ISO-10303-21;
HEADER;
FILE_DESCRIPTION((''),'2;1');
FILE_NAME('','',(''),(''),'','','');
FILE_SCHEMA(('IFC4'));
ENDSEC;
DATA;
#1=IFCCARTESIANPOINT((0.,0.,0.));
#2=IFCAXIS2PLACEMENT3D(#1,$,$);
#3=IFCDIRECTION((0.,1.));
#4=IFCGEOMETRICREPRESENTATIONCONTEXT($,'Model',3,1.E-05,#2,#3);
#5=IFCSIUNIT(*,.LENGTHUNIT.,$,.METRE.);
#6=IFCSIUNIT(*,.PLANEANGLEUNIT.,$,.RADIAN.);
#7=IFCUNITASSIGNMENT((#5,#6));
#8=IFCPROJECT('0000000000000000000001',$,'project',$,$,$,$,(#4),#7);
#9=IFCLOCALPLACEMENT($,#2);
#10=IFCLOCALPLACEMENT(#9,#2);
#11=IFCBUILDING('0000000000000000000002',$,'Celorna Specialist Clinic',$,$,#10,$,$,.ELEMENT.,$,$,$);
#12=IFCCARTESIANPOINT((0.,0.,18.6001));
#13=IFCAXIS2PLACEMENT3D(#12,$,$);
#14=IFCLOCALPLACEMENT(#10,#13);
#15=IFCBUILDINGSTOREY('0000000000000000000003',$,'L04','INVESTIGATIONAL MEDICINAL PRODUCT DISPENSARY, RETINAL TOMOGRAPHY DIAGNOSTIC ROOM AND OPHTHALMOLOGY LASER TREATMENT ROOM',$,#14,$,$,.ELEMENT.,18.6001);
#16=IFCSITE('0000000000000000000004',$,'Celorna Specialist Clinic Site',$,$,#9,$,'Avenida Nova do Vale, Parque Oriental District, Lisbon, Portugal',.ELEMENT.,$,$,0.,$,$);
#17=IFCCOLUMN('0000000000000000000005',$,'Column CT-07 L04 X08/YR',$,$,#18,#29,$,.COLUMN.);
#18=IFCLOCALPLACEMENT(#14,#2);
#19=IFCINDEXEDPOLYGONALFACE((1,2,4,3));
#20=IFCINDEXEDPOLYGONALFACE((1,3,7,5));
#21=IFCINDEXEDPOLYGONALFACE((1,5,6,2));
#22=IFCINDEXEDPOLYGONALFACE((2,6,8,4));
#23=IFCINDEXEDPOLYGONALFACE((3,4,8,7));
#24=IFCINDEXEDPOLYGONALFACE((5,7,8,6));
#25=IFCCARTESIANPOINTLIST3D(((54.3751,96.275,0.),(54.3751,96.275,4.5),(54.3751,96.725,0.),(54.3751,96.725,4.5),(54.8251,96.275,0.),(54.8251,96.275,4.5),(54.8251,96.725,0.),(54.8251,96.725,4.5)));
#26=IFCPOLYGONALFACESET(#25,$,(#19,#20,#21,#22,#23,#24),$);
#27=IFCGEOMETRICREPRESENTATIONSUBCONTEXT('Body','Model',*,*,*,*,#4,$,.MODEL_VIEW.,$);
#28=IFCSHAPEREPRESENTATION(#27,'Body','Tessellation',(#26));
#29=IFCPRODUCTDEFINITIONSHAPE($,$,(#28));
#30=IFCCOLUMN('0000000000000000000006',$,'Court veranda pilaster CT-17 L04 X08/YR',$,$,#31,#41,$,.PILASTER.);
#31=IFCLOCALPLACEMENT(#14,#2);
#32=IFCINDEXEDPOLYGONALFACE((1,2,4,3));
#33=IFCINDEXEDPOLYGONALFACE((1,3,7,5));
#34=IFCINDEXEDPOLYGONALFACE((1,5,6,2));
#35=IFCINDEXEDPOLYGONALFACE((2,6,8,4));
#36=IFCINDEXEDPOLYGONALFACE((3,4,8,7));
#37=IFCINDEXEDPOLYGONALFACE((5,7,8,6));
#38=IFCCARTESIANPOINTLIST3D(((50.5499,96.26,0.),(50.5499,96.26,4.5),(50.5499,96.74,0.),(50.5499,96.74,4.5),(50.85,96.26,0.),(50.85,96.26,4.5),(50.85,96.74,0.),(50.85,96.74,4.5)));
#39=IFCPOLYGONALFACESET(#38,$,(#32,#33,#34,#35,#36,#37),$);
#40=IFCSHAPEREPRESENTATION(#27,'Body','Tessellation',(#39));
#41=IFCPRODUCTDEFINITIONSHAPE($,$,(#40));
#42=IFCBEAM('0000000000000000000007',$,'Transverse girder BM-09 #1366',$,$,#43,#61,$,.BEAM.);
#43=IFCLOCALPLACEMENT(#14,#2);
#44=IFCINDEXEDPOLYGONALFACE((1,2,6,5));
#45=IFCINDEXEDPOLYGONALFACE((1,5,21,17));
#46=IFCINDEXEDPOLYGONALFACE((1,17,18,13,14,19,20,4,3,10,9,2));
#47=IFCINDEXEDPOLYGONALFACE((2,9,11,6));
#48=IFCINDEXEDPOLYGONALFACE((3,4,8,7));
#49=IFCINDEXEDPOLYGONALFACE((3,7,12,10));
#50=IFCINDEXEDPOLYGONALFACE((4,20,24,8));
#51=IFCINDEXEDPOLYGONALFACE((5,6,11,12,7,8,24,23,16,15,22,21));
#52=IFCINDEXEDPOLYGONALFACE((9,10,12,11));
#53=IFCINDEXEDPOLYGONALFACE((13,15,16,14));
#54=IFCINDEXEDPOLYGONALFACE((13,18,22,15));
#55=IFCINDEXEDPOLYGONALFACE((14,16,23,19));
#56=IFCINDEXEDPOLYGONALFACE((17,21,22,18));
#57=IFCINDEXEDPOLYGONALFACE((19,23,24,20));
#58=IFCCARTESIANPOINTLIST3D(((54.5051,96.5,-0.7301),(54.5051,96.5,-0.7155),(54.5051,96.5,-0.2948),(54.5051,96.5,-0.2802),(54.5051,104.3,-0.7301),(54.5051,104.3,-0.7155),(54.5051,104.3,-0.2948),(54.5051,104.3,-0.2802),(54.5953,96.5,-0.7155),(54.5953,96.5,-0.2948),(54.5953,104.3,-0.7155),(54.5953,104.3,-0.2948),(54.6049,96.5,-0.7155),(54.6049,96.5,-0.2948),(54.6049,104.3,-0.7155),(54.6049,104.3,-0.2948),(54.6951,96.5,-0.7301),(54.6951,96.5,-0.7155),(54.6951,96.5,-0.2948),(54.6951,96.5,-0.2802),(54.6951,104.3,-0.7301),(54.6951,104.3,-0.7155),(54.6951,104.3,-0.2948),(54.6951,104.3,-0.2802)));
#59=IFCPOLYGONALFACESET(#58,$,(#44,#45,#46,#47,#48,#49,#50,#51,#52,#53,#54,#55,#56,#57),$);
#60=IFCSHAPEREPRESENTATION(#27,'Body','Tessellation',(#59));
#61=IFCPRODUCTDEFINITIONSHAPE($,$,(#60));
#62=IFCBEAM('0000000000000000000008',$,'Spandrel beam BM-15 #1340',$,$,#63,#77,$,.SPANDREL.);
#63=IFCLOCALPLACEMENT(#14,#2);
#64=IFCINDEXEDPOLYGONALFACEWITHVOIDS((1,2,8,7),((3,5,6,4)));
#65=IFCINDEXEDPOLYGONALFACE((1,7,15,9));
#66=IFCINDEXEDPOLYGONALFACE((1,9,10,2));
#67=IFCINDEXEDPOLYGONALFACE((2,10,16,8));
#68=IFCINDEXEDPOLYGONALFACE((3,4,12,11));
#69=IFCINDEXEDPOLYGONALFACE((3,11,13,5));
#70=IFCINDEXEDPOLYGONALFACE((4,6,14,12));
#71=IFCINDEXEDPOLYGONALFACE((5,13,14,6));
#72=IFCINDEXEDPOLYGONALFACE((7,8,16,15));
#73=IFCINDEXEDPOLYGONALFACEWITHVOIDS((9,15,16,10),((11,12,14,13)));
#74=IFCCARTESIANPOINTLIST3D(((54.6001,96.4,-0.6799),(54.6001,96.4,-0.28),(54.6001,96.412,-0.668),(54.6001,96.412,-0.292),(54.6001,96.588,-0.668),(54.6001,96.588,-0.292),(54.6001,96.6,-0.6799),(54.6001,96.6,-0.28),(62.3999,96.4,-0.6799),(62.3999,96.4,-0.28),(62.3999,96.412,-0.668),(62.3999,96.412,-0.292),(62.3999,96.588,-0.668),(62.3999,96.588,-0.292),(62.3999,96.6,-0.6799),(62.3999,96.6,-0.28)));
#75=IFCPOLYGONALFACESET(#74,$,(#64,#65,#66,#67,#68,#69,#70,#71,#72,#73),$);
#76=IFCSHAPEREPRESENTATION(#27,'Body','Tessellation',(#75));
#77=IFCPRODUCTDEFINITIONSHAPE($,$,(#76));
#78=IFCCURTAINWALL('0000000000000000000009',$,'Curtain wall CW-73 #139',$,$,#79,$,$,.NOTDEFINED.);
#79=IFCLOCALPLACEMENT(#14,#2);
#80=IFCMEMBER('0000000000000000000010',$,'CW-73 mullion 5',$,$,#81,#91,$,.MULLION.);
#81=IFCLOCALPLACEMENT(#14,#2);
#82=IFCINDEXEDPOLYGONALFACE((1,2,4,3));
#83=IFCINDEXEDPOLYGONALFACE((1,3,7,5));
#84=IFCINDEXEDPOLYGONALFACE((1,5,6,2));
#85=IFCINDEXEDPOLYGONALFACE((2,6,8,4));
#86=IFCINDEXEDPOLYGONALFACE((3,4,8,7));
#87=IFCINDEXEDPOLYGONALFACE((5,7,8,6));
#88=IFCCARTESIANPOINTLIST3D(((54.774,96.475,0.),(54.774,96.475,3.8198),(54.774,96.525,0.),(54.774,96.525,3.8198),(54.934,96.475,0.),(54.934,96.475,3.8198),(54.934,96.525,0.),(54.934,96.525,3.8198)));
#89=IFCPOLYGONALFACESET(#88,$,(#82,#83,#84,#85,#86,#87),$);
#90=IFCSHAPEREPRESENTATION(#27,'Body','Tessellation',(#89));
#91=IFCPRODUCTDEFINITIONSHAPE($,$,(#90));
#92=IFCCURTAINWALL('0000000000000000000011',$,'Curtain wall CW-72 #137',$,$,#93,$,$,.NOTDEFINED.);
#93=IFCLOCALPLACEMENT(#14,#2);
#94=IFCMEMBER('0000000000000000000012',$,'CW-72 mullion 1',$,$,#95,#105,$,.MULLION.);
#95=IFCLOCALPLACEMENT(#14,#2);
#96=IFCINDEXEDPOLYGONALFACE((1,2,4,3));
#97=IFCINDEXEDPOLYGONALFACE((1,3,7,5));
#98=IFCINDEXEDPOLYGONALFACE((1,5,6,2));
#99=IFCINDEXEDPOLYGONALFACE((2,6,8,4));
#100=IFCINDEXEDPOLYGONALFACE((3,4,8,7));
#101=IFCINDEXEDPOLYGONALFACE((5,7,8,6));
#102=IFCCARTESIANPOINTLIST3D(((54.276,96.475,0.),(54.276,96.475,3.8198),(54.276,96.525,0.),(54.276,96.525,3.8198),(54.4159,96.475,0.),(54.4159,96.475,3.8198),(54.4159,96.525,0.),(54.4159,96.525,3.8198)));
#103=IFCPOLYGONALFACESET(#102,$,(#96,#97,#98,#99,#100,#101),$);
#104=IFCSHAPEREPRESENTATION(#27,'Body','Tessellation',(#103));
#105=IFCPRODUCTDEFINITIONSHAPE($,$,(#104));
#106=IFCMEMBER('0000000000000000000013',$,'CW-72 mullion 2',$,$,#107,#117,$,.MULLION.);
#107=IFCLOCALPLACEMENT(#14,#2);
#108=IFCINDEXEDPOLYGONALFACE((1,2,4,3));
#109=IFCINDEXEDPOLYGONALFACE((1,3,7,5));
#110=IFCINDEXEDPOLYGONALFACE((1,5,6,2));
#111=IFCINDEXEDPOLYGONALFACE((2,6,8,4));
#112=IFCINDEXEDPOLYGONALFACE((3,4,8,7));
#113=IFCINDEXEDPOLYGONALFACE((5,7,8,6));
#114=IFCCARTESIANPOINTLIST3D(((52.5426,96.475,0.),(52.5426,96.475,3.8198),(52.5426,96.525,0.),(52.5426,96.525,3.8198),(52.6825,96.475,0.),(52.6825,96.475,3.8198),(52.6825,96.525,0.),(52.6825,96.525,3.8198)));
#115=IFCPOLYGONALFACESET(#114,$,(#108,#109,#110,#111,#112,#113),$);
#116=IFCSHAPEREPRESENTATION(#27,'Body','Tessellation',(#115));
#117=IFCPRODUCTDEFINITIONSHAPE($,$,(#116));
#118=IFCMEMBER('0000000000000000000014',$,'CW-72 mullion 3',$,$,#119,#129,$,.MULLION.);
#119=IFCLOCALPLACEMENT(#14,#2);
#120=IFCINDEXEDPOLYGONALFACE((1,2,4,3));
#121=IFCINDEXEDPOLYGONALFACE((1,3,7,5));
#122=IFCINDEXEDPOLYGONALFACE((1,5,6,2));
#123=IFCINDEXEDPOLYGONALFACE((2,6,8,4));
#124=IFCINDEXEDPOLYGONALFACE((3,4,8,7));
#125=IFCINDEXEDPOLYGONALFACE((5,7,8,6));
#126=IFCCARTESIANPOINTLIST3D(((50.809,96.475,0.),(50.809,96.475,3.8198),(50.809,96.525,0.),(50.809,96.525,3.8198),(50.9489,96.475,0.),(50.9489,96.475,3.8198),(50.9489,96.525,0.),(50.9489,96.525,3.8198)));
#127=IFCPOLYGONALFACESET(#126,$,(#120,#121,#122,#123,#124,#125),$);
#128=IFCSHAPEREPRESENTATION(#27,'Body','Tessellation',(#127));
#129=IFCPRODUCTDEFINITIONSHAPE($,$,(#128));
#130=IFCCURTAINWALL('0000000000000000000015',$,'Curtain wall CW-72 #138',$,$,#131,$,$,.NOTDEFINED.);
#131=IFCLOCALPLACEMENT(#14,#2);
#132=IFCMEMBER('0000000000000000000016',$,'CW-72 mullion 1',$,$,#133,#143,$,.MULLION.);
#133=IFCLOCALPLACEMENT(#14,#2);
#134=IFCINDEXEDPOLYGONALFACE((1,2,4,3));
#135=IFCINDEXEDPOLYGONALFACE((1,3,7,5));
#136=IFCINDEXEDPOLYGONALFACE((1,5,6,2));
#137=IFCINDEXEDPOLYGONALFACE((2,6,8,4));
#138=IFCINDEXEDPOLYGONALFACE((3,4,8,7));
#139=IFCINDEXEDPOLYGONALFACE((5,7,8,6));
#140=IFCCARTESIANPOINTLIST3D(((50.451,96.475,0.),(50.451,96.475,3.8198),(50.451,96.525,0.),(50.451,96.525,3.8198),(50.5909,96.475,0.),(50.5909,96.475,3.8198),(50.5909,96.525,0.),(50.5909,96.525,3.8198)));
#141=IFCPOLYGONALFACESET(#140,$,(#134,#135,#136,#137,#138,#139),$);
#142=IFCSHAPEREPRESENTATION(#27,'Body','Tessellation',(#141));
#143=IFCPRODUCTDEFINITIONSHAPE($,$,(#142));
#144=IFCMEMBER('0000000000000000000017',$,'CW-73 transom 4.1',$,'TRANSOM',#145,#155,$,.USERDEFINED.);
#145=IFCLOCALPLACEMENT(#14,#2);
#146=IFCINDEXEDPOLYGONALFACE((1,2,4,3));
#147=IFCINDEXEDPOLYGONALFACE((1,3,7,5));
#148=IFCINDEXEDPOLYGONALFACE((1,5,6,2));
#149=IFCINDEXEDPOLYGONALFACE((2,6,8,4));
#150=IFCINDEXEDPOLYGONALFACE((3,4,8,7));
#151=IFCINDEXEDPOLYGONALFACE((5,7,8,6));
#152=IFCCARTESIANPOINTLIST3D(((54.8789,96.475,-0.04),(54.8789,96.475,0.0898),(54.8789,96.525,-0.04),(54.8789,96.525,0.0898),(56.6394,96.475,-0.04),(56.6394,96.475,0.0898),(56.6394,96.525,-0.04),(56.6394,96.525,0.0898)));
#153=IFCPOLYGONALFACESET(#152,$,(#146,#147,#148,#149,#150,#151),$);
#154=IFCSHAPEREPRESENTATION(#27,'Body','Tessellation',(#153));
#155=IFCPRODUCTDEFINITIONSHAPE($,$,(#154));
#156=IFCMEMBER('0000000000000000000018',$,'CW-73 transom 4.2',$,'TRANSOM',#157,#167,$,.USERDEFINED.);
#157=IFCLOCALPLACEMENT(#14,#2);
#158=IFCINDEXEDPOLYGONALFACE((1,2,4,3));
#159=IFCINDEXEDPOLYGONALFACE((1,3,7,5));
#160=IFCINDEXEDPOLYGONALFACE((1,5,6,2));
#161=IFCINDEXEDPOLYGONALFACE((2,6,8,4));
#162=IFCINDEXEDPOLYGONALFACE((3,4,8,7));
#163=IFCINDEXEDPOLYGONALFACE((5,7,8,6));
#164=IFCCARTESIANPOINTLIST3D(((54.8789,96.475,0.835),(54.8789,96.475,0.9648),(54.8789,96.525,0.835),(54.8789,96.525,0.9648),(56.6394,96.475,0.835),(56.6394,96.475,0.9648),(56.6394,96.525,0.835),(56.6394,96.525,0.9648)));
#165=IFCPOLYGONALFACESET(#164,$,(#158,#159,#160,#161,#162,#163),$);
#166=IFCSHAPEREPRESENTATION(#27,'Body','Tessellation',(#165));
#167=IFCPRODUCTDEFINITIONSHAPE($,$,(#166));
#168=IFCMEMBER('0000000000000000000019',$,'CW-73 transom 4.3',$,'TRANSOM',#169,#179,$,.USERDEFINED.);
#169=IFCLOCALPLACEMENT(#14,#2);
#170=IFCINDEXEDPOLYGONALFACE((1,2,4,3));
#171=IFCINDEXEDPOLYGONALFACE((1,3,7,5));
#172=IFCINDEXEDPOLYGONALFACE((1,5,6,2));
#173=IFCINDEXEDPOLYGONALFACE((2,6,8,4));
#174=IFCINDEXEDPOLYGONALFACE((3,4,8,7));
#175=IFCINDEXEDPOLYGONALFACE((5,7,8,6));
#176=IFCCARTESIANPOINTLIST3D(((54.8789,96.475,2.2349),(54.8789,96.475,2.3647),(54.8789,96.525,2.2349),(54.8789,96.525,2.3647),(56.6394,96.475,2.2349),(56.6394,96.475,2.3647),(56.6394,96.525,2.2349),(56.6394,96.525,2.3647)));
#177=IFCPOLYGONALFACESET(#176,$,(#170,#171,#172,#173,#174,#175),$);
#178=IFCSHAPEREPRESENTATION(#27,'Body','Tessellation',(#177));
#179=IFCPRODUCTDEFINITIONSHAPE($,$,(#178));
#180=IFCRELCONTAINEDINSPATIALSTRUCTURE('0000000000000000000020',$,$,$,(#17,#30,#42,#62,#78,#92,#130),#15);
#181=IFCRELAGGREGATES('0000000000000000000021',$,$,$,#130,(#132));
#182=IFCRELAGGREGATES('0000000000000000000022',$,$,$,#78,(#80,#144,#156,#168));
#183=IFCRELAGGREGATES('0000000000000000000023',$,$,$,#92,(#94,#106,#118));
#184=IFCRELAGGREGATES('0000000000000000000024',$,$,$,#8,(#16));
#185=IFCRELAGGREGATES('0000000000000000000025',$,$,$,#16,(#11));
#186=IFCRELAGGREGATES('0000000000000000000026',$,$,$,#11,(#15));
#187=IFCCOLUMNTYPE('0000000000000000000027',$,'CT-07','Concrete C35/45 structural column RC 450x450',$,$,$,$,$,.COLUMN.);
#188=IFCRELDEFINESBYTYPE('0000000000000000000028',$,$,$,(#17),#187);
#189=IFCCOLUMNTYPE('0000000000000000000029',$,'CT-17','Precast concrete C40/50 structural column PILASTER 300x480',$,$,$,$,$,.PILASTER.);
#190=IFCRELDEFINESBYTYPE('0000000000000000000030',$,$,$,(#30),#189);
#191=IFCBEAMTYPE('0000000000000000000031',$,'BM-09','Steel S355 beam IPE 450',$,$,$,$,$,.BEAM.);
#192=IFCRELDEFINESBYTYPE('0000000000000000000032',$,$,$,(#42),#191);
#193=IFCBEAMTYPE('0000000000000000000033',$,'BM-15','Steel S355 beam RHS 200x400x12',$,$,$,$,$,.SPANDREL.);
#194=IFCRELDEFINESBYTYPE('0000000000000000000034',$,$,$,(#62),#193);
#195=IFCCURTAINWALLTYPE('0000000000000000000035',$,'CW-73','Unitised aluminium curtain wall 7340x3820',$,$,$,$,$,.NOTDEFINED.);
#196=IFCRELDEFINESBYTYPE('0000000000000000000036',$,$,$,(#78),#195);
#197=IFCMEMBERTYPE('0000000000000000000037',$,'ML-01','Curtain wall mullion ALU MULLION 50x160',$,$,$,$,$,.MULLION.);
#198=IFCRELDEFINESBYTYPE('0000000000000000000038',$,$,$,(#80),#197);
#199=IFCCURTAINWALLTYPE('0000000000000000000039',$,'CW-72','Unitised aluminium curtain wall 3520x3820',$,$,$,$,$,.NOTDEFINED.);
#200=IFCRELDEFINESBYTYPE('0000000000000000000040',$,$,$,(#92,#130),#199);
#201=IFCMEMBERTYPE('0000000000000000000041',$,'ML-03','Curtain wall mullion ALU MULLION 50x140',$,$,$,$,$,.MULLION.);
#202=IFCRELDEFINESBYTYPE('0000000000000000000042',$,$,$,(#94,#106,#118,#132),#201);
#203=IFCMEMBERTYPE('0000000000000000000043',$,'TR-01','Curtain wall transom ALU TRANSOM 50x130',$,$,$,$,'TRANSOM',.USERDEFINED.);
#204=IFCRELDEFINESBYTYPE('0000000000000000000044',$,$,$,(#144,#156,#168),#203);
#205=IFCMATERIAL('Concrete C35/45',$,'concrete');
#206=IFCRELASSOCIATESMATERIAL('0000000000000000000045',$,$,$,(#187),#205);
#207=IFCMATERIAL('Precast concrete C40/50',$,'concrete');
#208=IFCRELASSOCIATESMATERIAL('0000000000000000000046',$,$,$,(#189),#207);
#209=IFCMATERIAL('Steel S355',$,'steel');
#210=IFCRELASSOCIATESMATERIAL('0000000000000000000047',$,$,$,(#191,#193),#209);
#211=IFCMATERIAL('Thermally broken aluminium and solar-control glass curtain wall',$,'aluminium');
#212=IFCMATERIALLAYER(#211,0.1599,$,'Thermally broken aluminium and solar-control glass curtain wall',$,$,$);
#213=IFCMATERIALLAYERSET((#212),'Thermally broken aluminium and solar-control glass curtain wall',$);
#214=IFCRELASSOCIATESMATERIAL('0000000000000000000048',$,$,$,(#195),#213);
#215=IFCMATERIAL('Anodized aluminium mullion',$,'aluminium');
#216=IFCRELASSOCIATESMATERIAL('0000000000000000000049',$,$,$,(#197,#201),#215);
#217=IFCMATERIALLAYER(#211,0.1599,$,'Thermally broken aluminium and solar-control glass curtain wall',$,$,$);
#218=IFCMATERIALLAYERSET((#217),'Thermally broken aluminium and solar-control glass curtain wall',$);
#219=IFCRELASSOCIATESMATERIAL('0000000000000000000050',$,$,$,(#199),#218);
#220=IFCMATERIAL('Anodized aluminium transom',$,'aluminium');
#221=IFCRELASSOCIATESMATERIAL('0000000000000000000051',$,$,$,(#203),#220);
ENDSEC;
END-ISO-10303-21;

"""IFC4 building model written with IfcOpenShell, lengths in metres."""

from ifc_helpers import new_model, si_unit, direction, frame, origin, origin_2d, place, context, subcontext, project, spatial, rectangle, hollow_rectangle, i_section, extrude, material, layer, layer_set, material_profile, profile_set, type_object, element, aggregate, save


model = new_model("IFC4")

# Units and contexts
model_context = context("Model", 3, precision=1e-05, world=origin(), true_north=direction((0.0, 1.0)))
body_context = subcontext(model_context, "Body", "Model", "MODEL_VIEW")
ifc_project = project(units=[si_unit("LENGTHUNIT", "METRE"), si_unit("PLANEANGLEUNIT", "RADIAN")], contexts=[model_context])

# Site, building, storey
site_placement = place(None, origin())
site = spatial("IfcSite", under=ifc_project, at=site_placement, Name="Celorna Specialist Clinic Site", LongName="Avenida Nova do Vale, Parque Oriental District, Lisbon, Portugal", CompositionType="ELEMENT", RefElevation=0.0)
building_placement = place(site_placement, origin())
building = spatial("IfcBuilding", under=site, at=building_placement, Name="Celorna Specialist Clinic", CompositionType="ELEMENT")
storey_placement = place(building_placement, frame((0.0, 0.0, 18.6001)))
storey = spatial("IfcBuildingStorey", under=building, at=storey_placement, Name="L04", Description="INVESTIGATIONAL MEDICINAL PRODUCT DISPENSARY, RETINAL TOMOGRAPHY DIAGNOSTIC ROOM AND OPHTHALMOLOGY LASER TREATMENT ROOM", CompositionType="ELEMENT", Elevation=18.6001)

# Columns
ifc_material_1 = material(Name="Concrete C35/45", Category="concrete")
ifc_material_profile_1 = material_profile(ifc_material_1, rectangle(XDim=0.45, YDim=0.45, at=origin_2d()), Name="RC 450x450")
ifc_profile_set_1 = profile_set([ifc_material_profile_1], Name="Concrete C35/45")
column_type_1 = type_object("IfcColumnType", Name="CT-07", Description="Concrete C35/45 structural column RC 450x450", PredefinedType="COLUMN", material=ifc_profile_set_1)
column_1_placement = place(storey_placement, frame((54.6001, 96.5, 0.0), z_axis=(0.0, 0.0, 1.0), x_axis=(1.0, 0.0, 0.0)))
element("IfcColumn", 1, at=column_1_placement, inside=storey, type_object=column_type_1, Name="Column CT-07 L04 X08/YR", PredefinedType="COLUMN", context=body_context, shape_type="SweptSolid", body=[
    extrude(rectangle(XDim=0.45, YDim=0.45, at=origin_2d()), origin(), (0.0, 0.0, 1.0), 4.5),
])
ifc_material_2 = material(Name="Precast concrete C40/50", Category="concrete")
ifc_material_profile_2 = material_profile(ifc_material_2, rectangle(XDim=0.3, YDim=0.48, at=origin_2d()), Name="PILASTER 300x480")
ifc_profile_set_2 = profile_set([ifc_material_profile_2], Name="Precast concrete C40/50")
column_type_2 = type_object("IfcColumnType", Name="CT-17", Description="Precast concrete C40/50 structural column PILASTER 300x480", PredefinedType="PILASTER", material=ifc_profile_set_2)
column_2_placement = place(storey_placement, frame((50.7, 96.5, 0.0), z_axis=(0.0, 0.0, 1.0), x_axis=(1.0, 0.0, 0.0)))
element("IfcColumn", 2, at=column_2_placement, inside=storey, type_object=column_type_2, Name="Court veranda pilaster CT-17 L04 X08/YR", PredefinedType="PILASTER", context=body_context, shape_type="SweptSolid", body=[
    extrude(rectangle(XDim=0.3, YDim=0.48, at=origin_2d()), origin(), (0.0, 0.0, 1.0), 4.5),
])

# Beams
ifc_material_3 = material(Name="Steel S355", Category="steel")
ifc_material_profile_3 = material_profile(ifc_material_3, i_section(OverallWidth=0.1899, OverallDepth=0.45, WebThickness=0.0095, FlangeThickness=0.0146, at=origin_2d()), Name="IPE 450")
ifc_profile_set_3 = profile_set([ifc_material_profile_3], Name="Steel S355")
beam_type_1 = type_object("IfcBeamType", Name="BM-09", Description="Steel S355 beam IPE 450", PredefinedType="BEAM", material=ifc_profile_set_3)
beam_1_placement = place(storey_placement, frame((54.6001, 96.5, -0.5051), z_axis=(0.0, 1.0, 0.0), x_axis=(-1.0, 0.0, 0.0)))
element("IfcBeam", 3, at=beam_1_placement, inside=storey, type_object=beam_type_1, Name="Transverse girder BM-09 #1366", PredefinedType="BEAM", context=body_context, shape_type="SweptSolid", body=[
    extrude(i_section(OverallWidth=0.1899, OverallDepth=0.45, WebThickness=0.0095, FlangeThickness=0.0146, at=origin_2d()), origin(), (0.0, 0.0, 1.0), 7.8),
])
ifc_material_profile_4 = material_profile(ifc_material_3, hollow_rectangle(XDim=0.2, YDim=0.3999, WallThickness=0.012, at=origin_2d()), Name="RHS 200x400x12")
ifc_profile_set_4 = profile_set([ifc_material_profile_4], Name="Steel S355")
beam_type_2 = type_object("IfcBeamType", Name="BM-15", Description="Steel S355 beam RHS 200x400x12", PredefinedType="SPANDREL", material=ifc_profile_set_4)
beam_2_placement = place(storey_placement, frame((54.6001, 96.5, -0.48), z_axis=(1.0, 0.0, 0.0), x_axis=(0.0, 1.0, 0.0)))
element("IfcBeam", 4, at=beam_2_placement, inside=storey, type_object=beam_type_2, Name="Spandrel beam BM-15 #1340", PredefinedType="SPANDREL", context=body_context, shape_type="SweptSolid", body=[
    extrude(hollow_rectangle(XDim=0.2, YDim=0.3999, WallThickness=0.012, at=origin_2d()), origin(), (0.0, 0.0, 1.0), 7.7998),
])

# Curtain wall, member
ifc_material_4 = material(Name="Thermally broken aluminium and solar-control glass curtain wall", Category="aluminium")
ifc_layer_1 = layer(ifc_material_4, 0.1599, Name="Thermally broken aluminium and solar-control glass curtain wall")
ifc_layer_set_1 = layer_set([ifc_layer_1], Name="Thermally broken aluminium and solar-control glass curtain wall")
curtain_wall_type_1 = type_object("IfcCurtainWallType", Name="CW-73", Description="Unitised aluminium curtain wall 7340x3820", PredefinedType="NOTDEFINED", material=ifc_layer_set_1)
curtain_wall_1_placement = place(storey_placement, origin())
curtain_wall_1 = element("IfcCurtainWall", 5, at=curtain_wall_1_placement, inside=storey, type_object=curtain_wall_type_1, Name="Curtain wall CW-73 #139", PredefinedType="NOTDEFINED")
ifc_material_5 = material(Name="Anodized aluminium mullion", Category="aluminium")
ifc_material_profile_5 = material_profile(ifc_material_5, rectangle(XDim=0.05, YDim=0.1599, at=origin_2d()), Name="ALU MULLION 50x160")
ifc_profile_set_5 = profile_set([ifc_material_profile_5], Name="Anodized aluminium mullion")
member_type_1 = type_object("IfcMemberType", Name="ML-01", Description="Curtain wall mullion ALU MULLION 50x160", PredefinedType="MULLION", material=ifc_profile_set_5)
member_1_placement = place(storey_placement, frame((54.854, 96.5, 0.0), z_axis=(0.0, 0.0, 1.0), x_axis=(0.0, -1.0, 0.0)))
member_1 = element("IfcMember", 6, at=member_1_placement, type_object=member_type_1, Name="CW-73 mullion 5", PredefinedType="MULLION", context=body_context, shape_type="SweptSolid", body=[
    extrude(rectangle(XDim=0.05, YDim=0.1599, at=origin_2d()), origin(), (0.0, 0.0, 1.0), 3.8198),
])

# Curtain wall, members
ifc_layer_2 = layer(ifc_material_4, 0.1599, Name="Thermally broken aluminium and solar-control glass curtain wall")
ifc_layer_set_2 = layer_set([ifc_layer_2], Name="Thermally broken aluminium and solar-control glass curtain wall")
curtain_wall_type_2 = type_object("IfcCurtainWallType", Name="CW-72", Description="Unitised aluminium curtain wall 3520x3820", PredefinedType="NOTDEFINED", material=ifc_layer_set_2)
curtain_wall_2_placement = place(storey_placement, origin())
curtain_wall_2 = element("IfcCurtainWall", 7, at=curtain_wall_2_placement, inside=storey, type_object=curtain_wall_type_2, Name="Curtain wall CW-72 #137", PredefinedType="NOTDEFINED")
ifc_material_profile_6 = material_profile(ifc_material_5, rectangle(XDim=0.05, YDim=0.1399, at=origin_2d()), Name="ALU MULLION 50x140")
ifc_profile_set_6 = profile_set([ifc_material_profile_6], Name="Anodized aluminium mullion")
member_type_2 = type_object("IfcMemberType", Name="ML-03", Description="Curtain wall mullion ALU MULLION 50x140", PredefinedType="MULLION", material=ifc_profile_set_6)
member_2_placement = place(storey_placement, frame((54.3459, 96.5, 0.0), z_axis=(0.0, 0.0, 1.0), x_axis=(0.0, -1.0, 0.0)))
member_2 = element("IfcMember", 8, at=member_2_placement, type_object=member_type_2, Name="CW-72 mullion 1", PredefinedType="MULLION", context=body_context, shape_type="SweptSolid", body=[
    extrude(rectangle(XDim=0.05, YDim=0.1399, at=origin_2d()), origin(), (0.0, 0.0, 1.0), 3.8198),
])
member_3_placement = place(storey_placement, frame((52.6125, 96.5, 0.0), z_axis=(0.0, 0.0, 1.0), x_axis=(0.0, -1.0, 0.0)))
member_3 = element("IfcMember", 9, at=member_3_placement, type_object=member_type_2, Name="CW-72 mullion 2", PredefinedType="MULLION", context=body_context, shape_type="SweptSolid", body=[
    extrude(rectangle(XDim=0.05, YDim=0.1399, at=origin_2d()), origin(), (0.0, 0.0, 1.0), 3.8198),
])
member_4_placement = place(storey_placement, frame((50.8789, 96.5, 0.0), z_axis=(0.0, 0.0, 1.0), x_axis=(0.0, -1.0, 0.0)))
member_4 = element("IfcMember", 10, at=member_4_placement, type_object=member_type_2, Name="CW-72 mullion 3", PredefinedType="MULLION", context=body_context, shape_type="SweptSolid", body=[
    extrude(rectangle(XDim=0.05, YDim=0.1399, at=origin_2d()), origin(), (0.0, 0.0, 1.0), 3.8198),
])

# Curtain wall, member
curtain_wall_3_placement = place(storey_placement, origin())
curtain_wall_3 = element("IfcCurtainWall", 11, at=curtain_wall_3_placement, inside=storey, type_object=curtain_wall_type_2, Name="Curtain wall CW-72 #138", PredefinedType="NOTDEFINED")
member_5_placement = place(storey_placement, frame((50.521, 96.5, 0.0), z_axis=(0.0, 0.0, 1.0), x_axis=(0.0, -1.0, 0.0)))
member_5 = element("IfcMember", 12, at=member_5_placement, type_object=member_type_2, Name="CW-72 mullion 1", PredefinedType="MULLION", context=body_context, shape_type="SweptSolid", body=[
    extrude(rectangle(XDim=0.05, YDim=0.1399, at=origin_2d()), origin(), (0.0, 0.0, 1.0), 3.8198),
])
aggregate(curtain_wall_3, [member_5])

# Members
ifc_material_6 = material(Name="Anodized aluminium transom", Category="aluminium")
ifc_material_profile_7 = material_profile(ifc_material_6, rectangle(XDim=0.05, YDim=0.1299, at=origin_2d()), Name="ALU TRANSOM 50x130")
ifc_profile_set_7 = profile_set([ifc_material_profile_7], Name="Anodized aluminium transom")
member_type_3 = type_object("IfcMemberType", Name="TR-01", Description="Curtain wall transom ALU TRANSOM 50x130", ElementType="TRANSOM", PredefinedType="USERDEFINED", material=ifc_profile_set_7)
member_6_placement = place(storey_placement, frame((56.6394, 96.5, 0.0249), z_axis=(-1.0, 0.0, 0.0), x_axis=(0.0, -1.0, 0.0)))
member_6 = element("IfcMember", 13, at=member_6_placement, type_object=member_type_3, Name="CW-73 transom 4.1", ObjectType="TRANSOM", PredefinedType="USERDEFINED", context=body_context, shape_type="SweptSolid", body=[
    extrude(rectangle(XDim=0.05, YDim=0.1299, at=origin_2d()), origin(), (0.0, 0.0, 1.0), 1.7605),
])
member_7_placement = place(storey_placement, frame((56.6394, 96.5, 0.8999), z_axis=(-1.0, 0.0, 0.0), x_axis=(0.0, -1.0, 0.0)))
member_7 = element("IfcMember", 14, at=member_7_placement, type_object=member_type_3, Name="CW-73 transom 4.2", ObjectType="TRANSOM", PredefinedType="USERDEFINED", context=body_context, shape_type="SweptSolid", body=[
    extrude(rectangle(XDim=0.05, YDim=0.1299, at=origin_2d()), origin(), (0.0, 0.0, 1.0), 1.7605),
])
member_8_placement = place(storey_placement, frame((56.6394, 96.5, 2.2998), z_axis=(-1.0, 0.0, 0.0), x_axis=(0.0, -1.0, 0.0)))
member_8 = element("IfcMember", 15, at=member_8_placement, type_object=member_type_3, Name="CW-73 transom 4.3", ObjectType="TRANSOM", PredefinedType="USERDEFINED", context=body_context, shape_type="SweptSolid", body=[
    extrude(rectangle(XDim=0.05, YDim=0.1299, at=origin_2d()), origin(), (0.0, 0.0, 1.0), 1.7605),
])

aggregate(curtain_wall_1, [member_1, member_6, member_7, member_8])
aggregate(curtain_wall_2, [member_2, member_3, member_4])

save(model, "model.ifc")
